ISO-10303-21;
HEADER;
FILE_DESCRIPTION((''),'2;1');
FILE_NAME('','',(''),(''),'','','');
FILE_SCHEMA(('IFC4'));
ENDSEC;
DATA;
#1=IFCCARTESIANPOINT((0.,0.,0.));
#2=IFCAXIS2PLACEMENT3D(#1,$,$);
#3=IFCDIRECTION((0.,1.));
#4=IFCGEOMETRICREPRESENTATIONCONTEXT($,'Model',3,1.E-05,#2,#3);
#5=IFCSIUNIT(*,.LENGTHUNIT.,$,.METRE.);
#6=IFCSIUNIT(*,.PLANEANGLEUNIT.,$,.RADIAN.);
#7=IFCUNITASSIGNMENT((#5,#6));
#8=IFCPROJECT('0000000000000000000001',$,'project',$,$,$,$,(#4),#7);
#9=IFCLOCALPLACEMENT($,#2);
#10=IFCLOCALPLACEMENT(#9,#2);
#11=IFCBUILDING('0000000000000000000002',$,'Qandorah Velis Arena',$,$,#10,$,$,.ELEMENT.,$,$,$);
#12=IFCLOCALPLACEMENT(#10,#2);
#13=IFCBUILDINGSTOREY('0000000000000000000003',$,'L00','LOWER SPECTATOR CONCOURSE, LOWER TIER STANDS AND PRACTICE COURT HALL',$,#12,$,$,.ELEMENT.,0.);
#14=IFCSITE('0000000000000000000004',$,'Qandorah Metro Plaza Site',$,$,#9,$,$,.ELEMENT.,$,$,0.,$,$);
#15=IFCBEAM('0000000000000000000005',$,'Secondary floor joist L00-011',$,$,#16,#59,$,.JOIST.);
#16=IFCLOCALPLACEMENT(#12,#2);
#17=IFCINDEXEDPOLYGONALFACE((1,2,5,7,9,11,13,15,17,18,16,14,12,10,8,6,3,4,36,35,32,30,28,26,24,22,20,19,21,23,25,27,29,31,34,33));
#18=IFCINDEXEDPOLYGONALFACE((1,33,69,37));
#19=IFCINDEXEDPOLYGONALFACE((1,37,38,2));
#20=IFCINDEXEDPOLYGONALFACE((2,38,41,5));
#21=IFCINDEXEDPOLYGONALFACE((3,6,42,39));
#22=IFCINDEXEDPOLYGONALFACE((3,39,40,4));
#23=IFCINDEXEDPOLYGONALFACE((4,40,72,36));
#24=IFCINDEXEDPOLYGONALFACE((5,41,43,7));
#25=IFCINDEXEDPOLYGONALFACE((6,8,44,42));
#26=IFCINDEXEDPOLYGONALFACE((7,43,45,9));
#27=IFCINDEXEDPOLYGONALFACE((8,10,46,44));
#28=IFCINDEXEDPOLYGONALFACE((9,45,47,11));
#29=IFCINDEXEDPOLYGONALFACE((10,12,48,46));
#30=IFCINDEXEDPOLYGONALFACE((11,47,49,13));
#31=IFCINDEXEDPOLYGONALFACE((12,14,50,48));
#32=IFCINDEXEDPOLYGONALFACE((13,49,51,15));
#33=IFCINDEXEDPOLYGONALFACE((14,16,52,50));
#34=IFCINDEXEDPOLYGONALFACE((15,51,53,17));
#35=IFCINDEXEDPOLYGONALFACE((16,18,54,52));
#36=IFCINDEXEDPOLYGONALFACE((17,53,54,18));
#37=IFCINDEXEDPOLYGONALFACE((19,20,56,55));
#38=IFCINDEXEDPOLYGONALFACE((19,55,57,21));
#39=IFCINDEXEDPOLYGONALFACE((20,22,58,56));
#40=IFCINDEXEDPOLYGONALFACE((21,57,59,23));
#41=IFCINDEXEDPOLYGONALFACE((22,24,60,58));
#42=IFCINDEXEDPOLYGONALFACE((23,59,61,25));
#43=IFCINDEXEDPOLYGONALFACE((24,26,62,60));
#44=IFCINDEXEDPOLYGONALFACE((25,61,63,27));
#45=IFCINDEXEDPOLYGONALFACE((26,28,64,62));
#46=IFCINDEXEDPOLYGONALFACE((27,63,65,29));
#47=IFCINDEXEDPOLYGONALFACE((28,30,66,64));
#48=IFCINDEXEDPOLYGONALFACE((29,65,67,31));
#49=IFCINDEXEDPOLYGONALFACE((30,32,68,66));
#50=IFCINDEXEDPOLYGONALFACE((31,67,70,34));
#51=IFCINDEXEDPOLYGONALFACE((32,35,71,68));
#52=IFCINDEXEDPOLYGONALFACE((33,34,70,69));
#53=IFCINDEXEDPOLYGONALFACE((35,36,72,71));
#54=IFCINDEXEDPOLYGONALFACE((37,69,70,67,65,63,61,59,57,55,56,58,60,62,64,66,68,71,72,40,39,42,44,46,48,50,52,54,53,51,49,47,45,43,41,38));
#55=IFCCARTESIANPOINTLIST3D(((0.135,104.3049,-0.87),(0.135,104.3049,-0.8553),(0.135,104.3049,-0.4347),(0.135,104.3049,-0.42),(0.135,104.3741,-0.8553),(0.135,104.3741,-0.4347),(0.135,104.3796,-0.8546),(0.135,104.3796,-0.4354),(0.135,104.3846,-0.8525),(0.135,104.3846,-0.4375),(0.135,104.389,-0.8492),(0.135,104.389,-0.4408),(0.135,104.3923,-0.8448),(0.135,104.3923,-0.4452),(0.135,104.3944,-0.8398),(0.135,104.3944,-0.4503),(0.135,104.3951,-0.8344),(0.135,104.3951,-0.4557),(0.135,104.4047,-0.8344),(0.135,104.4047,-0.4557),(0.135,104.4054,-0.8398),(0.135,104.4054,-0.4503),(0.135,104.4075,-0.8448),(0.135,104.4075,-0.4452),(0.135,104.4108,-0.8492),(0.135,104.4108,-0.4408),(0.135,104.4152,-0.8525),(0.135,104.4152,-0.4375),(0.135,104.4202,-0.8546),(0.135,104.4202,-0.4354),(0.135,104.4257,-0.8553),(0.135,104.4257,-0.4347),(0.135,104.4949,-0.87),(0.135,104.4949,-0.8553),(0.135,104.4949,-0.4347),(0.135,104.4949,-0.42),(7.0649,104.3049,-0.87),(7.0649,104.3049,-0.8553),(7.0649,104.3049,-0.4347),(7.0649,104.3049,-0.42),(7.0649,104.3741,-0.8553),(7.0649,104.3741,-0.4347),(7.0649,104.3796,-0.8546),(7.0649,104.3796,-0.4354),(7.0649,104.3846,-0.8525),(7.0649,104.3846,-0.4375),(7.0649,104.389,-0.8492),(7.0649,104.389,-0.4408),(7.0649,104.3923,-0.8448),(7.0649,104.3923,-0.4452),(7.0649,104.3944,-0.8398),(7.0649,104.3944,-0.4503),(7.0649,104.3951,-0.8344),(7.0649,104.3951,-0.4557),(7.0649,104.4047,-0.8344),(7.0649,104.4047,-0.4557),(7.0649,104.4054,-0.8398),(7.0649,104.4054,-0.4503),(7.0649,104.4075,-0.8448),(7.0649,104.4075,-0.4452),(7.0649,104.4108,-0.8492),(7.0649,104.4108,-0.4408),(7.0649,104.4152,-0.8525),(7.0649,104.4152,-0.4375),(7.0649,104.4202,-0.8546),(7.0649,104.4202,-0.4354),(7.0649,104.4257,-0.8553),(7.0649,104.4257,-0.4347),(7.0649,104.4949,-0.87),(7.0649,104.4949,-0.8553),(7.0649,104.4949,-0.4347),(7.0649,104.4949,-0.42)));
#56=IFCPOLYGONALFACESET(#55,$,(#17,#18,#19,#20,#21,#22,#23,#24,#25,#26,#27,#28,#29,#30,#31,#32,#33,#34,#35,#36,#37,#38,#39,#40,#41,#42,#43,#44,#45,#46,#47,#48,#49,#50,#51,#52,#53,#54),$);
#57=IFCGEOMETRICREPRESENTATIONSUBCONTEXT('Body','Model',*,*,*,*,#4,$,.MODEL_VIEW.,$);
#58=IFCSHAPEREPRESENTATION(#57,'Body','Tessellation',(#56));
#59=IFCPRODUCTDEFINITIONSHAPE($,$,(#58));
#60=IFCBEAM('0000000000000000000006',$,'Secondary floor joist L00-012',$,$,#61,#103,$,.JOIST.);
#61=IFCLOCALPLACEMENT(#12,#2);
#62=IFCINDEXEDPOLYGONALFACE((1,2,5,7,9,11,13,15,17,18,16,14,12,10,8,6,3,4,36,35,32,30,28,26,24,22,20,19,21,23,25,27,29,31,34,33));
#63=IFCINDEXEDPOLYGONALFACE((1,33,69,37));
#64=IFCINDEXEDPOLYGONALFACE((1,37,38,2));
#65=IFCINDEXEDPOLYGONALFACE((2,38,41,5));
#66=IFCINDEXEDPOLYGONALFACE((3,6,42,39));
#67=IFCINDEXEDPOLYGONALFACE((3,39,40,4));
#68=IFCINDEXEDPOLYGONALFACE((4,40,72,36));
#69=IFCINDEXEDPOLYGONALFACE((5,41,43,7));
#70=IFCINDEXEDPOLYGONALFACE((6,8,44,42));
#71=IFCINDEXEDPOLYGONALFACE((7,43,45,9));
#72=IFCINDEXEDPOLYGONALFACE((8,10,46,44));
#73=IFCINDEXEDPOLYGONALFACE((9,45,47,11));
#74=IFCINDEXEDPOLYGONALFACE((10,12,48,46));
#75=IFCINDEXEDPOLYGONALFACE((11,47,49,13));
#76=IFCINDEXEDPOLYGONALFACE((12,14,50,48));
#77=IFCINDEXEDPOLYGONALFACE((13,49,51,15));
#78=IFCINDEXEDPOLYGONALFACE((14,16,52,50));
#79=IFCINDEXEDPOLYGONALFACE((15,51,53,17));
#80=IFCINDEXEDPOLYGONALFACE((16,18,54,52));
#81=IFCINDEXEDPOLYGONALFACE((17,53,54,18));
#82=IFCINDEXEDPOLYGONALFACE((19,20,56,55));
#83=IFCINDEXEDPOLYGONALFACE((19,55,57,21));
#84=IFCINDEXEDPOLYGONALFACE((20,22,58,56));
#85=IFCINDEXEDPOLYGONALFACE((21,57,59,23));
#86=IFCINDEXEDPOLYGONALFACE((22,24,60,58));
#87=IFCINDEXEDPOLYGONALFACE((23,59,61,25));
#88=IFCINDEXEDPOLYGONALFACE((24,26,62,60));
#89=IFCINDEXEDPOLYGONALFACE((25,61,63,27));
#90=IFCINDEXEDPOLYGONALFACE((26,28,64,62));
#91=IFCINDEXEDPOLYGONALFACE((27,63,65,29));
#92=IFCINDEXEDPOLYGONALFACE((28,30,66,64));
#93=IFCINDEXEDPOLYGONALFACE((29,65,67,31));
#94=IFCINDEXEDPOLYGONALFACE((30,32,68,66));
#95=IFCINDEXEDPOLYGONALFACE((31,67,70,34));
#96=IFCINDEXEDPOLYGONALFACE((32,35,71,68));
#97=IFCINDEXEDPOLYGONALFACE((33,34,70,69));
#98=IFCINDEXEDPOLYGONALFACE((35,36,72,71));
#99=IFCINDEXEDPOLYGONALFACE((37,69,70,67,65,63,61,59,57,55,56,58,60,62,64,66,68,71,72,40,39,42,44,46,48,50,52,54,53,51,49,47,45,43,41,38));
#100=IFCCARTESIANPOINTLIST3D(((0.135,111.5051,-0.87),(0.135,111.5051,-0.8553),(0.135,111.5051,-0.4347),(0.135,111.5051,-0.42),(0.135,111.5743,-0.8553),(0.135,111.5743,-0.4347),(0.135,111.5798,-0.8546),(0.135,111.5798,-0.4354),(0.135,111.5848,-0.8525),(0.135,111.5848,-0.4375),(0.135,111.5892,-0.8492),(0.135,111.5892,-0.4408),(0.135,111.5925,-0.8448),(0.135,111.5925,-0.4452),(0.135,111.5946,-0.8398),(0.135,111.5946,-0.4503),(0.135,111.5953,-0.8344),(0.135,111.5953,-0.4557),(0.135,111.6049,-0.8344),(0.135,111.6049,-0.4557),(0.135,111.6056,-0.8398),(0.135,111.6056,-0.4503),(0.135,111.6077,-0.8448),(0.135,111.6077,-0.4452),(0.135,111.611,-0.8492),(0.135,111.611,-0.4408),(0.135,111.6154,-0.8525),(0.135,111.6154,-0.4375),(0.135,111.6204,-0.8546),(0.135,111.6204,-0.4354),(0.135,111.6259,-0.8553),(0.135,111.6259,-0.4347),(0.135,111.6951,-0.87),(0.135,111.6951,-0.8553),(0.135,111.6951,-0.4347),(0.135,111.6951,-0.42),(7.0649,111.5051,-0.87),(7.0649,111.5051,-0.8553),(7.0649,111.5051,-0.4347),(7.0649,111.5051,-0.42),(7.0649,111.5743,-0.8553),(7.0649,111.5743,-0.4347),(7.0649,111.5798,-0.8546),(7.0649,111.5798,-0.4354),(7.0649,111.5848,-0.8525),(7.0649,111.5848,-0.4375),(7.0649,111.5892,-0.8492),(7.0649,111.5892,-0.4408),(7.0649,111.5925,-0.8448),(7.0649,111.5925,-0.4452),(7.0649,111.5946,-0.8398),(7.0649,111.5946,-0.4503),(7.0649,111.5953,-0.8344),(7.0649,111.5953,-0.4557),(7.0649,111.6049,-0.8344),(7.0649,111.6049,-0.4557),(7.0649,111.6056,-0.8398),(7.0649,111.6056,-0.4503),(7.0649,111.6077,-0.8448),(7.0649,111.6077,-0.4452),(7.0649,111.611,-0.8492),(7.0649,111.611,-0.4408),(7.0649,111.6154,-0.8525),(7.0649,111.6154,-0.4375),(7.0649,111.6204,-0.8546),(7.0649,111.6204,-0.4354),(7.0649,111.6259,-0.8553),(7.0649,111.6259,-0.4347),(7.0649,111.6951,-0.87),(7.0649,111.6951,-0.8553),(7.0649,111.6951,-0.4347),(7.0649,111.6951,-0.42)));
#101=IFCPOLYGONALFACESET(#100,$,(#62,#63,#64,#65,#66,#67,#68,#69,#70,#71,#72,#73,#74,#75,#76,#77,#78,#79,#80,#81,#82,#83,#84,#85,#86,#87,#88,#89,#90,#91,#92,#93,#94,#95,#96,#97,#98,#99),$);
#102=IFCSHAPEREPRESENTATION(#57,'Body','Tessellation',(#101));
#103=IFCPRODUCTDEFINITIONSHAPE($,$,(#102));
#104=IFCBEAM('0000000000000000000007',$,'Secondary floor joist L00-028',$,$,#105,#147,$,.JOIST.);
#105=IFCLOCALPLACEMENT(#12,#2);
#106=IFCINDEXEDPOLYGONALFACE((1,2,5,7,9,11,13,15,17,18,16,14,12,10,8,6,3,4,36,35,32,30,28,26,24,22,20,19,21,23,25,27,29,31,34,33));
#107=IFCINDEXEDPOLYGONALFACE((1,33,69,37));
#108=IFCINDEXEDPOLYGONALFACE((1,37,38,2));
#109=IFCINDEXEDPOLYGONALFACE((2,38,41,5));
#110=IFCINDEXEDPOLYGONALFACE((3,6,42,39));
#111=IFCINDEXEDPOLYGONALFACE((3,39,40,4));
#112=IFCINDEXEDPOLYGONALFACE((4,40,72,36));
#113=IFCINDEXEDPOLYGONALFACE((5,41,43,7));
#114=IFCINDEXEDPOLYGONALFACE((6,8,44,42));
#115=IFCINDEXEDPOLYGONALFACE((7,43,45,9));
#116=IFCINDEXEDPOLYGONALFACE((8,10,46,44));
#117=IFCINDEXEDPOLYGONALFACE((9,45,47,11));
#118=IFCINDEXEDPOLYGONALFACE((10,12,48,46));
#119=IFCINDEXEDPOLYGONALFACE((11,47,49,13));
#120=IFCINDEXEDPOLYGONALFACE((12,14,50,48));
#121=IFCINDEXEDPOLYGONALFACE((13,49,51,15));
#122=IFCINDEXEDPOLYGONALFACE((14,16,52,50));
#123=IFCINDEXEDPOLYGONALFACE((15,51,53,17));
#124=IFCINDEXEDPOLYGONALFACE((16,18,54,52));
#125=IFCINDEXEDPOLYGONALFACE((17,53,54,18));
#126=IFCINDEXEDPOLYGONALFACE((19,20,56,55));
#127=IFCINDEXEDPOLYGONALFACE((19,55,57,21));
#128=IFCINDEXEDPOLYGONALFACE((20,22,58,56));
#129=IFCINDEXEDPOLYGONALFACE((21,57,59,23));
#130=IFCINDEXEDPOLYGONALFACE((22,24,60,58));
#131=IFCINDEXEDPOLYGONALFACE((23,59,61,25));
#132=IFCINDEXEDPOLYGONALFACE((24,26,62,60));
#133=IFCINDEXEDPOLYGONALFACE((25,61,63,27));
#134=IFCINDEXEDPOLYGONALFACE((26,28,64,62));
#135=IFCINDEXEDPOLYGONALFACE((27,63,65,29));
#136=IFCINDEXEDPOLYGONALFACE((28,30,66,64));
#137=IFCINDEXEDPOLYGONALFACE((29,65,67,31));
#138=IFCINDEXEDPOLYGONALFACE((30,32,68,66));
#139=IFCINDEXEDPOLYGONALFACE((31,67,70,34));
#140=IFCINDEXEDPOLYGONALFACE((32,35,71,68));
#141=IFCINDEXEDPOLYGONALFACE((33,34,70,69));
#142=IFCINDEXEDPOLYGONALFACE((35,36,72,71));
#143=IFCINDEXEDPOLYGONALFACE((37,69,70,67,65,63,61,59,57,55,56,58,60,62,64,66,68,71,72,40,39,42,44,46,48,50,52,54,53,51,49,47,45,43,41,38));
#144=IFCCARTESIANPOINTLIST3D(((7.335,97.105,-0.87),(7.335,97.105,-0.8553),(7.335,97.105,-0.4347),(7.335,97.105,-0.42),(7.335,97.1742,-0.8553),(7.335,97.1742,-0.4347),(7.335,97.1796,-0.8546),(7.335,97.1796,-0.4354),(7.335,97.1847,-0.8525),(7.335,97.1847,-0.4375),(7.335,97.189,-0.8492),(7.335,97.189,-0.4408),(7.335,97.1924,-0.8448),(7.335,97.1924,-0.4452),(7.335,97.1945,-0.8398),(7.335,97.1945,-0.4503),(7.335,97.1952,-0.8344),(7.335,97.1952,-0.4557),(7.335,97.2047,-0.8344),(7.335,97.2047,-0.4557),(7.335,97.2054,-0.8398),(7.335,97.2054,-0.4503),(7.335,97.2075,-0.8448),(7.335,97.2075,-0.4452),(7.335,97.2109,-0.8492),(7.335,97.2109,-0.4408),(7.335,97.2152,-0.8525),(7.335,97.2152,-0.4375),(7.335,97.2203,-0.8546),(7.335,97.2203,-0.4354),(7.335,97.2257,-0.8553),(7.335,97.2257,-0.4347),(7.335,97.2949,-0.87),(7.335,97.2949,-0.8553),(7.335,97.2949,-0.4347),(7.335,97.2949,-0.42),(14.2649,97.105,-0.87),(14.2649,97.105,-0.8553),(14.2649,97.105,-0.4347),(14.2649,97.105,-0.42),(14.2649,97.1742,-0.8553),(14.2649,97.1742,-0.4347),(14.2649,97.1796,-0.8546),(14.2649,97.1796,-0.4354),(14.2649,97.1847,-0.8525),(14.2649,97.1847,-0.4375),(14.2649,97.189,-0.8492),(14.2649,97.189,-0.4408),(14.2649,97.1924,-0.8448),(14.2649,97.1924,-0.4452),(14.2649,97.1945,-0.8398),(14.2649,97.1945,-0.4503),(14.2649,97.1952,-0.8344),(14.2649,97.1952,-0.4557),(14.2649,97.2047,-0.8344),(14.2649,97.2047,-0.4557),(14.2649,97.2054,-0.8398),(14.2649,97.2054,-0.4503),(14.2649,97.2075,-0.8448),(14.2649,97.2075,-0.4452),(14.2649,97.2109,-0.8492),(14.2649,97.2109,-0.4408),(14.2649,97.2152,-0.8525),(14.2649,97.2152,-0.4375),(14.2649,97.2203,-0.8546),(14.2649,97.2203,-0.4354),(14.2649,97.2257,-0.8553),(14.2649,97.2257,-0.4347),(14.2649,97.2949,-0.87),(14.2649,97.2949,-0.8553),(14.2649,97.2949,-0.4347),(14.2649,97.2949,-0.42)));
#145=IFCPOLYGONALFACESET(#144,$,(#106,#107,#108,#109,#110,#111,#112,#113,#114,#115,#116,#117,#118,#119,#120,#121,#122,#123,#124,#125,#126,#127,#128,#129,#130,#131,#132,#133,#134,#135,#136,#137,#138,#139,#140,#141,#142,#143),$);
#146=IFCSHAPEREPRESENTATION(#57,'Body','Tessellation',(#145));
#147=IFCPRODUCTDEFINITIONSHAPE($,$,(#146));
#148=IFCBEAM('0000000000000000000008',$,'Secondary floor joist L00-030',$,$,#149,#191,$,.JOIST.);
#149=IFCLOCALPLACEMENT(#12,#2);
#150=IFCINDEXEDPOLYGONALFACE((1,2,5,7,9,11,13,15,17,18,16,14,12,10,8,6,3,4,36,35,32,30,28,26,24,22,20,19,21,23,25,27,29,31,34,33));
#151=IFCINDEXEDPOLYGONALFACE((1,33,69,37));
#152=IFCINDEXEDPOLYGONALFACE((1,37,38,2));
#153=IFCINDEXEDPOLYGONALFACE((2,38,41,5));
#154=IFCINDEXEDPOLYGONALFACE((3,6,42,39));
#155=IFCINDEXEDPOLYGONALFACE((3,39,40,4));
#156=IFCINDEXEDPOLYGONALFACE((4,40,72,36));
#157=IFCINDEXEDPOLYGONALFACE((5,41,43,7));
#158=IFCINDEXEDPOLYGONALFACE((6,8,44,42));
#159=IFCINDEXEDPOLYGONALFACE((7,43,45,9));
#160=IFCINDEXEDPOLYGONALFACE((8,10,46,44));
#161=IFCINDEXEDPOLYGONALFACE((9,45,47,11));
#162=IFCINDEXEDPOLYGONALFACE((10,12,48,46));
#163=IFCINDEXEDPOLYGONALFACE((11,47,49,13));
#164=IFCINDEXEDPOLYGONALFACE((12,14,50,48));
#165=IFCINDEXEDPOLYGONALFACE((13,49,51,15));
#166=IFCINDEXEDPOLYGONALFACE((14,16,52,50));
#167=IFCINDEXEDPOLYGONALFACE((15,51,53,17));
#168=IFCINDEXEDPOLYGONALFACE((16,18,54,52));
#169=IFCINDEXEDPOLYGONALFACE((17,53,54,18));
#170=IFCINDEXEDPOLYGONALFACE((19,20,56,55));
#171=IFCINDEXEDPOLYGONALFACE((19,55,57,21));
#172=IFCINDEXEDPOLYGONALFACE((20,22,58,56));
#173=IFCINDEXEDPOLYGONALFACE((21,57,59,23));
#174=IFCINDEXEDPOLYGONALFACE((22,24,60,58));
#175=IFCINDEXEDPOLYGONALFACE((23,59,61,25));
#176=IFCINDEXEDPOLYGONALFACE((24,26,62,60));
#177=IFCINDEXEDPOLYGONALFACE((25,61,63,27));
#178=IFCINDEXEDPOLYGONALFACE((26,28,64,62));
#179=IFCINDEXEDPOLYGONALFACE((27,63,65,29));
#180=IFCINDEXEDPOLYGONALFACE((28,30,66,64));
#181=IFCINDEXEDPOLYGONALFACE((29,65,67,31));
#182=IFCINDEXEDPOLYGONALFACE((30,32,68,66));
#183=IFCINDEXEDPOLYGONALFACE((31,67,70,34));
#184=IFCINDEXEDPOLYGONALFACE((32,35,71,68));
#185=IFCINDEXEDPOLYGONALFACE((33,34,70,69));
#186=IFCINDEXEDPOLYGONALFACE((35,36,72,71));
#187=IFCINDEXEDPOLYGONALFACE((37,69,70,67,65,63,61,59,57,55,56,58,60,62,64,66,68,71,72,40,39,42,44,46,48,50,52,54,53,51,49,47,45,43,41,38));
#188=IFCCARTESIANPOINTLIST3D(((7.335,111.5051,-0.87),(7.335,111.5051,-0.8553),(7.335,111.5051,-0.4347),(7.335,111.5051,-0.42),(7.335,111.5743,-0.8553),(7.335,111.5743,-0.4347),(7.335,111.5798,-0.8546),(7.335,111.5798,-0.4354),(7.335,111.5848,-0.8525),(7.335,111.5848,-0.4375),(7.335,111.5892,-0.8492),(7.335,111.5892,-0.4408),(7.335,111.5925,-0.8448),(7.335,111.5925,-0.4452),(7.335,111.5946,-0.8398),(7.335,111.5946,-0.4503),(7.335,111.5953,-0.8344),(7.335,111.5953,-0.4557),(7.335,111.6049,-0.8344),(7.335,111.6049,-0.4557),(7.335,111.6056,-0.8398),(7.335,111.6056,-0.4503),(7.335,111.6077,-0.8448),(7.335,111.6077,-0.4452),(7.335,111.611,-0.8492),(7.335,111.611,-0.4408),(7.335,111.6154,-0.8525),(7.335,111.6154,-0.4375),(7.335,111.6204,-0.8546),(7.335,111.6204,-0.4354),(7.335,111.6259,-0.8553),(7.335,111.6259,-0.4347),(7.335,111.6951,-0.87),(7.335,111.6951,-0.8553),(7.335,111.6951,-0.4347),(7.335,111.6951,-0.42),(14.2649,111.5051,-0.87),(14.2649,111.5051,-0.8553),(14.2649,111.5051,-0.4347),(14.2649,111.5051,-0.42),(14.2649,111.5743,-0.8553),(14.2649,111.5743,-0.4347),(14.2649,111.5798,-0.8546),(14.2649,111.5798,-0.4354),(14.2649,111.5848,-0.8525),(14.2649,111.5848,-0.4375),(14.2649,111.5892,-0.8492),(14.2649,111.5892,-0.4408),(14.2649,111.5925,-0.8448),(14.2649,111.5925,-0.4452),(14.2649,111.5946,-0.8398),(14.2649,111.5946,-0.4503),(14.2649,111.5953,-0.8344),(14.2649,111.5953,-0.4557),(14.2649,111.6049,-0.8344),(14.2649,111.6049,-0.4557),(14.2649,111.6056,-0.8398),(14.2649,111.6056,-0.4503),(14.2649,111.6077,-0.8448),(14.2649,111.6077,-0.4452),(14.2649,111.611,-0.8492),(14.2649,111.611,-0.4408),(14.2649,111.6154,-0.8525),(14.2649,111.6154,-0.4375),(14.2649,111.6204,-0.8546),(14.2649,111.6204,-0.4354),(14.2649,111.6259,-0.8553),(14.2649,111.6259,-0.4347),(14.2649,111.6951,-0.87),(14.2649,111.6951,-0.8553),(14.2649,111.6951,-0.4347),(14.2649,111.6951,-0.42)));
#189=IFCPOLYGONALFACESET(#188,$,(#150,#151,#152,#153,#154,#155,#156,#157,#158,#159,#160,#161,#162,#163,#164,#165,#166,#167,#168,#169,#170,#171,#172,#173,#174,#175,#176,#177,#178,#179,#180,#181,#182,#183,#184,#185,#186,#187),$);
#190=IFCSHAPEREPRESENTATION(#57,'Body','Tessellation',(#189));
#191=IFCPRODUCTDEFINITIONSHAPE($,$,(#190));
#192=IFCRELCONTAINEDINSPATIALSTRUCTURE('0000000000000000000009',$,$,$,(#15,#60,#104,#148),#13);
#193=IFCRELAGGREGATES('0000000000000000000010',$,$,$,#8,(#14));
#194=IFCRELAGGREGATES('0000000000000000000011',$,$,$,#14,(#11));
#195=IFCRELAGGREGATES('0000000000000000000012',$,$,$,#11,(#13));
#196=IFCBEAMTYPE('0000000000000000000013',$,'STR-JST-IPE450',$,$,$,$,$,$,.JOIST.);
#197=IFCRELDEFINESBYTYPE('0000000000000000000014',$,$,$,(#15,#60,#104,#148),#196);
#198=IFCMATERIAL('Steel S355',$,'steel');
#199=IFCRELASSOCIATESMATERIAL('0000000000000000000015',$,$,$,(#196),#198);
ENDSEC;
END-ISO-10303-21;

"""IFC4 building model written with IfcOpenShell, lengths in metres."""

from ifc_helpers import new_model, si_unit, direction, frame, origin, origin_2d, place, context, subcontext, project, spatial, i_section, extrude, material, material_profile, profile_set, type_object, element, save


model = new_model("IFC4")

# Units and contexts
model_context = context("Model", 3, precision=1e-05, world=origin(), true_north=direction((0.0, 1.0)))
body_context = subcontext(model_context, "Body", "Model", "MODEL_VIEW")
ifc_project = project(units=[si_unit("LENGTHUNIT", "METRE"), si_unit("PLANEANGLEUNIT", "RADIAN")], contexts=[model_context])

# Site, building, storey
site_placement = place(None, origin())
site = spatial("IfcSite", under=ifc_project, at=site_placement, Name="Qandorah Metro Plaza Site", CompositionType="ELEMENT", RefElevation=0.0)
building_placement = place(site_placement, origin())
building = spatial("IfcBuilding", under=site, at=building_placement, Name="Qandorah Velis Arena", CompositionType="ELEMENT")
storey_placement = place(building_placement, origin())
storey = spatial("IfcBuildingStorey", under=building, at=storey_placement, Name="L00", Description="LOWER SPECTATOR CONCOURSE, LOWER TIER STANDS AND PRACTICE COURT HALL", CompositionType="ELEMENT", Elevation=0.0)

# Beams
ifc_material_1 = material(Name="Steel S355", Category="steel")
ifc_material_profile_1 = material_profile(ifc_material_1, i_section(OverallWidth=0.1899, OverallDepth=0.45, WebThickness=0.0095, FlangeThickness=0.0146, FilletRadius=0.021, at=origin_2d()), Name="IPE 450")
ifc_profile_set_1 = profile_set([ifc_material_profile_1], Name="Steel S355")
beam_type_1 = type_object("IfcBeamType", Name="STR-JST-IPE450", PredefinedType="JOIST", material=ifc_profile_set_1)
for number, where, z_axis, x_axis, name in (
    (1, (0.135, 104.3999, -0.645), (1.0, 0.0, 0.0), (0.0, 1.0, 0.0), "Secondary floor joist L00-011"),
    (2, (0.135, 111.6001, -0.645), (1.0, 0.0, 0.0), (0.0, 1.0, 0.0), "Secondary floor joist L00-012"),
    (3, (7.335, 97.2, -0.645), (1.0, 0.0, 0.0), (0.0, 1.0, 0.0), "Secondary floor joist L00-028"),
    (4, (7.335, 111.6001, -0.645), (1.0, 0.0, 0.0), (0.0, 1.0, 0.0), "Secondary floor joist L00-030"),
):
    element("IfcBeam", number, at=place(storey_placement, frame(where, z_axis=z_axis, x_axis=x_axis)), inside=storey, type_object=beam_type_1, Name=name, PredefinedType="JOIST", context=body_context, shape_type="SweptSolid", body=[
        extrude(i_section(OverallWidth=0.1899, OverallDepth=0.45, WebThickness=0.0095, FlangeThickness=0.0146, FilletRadius=0.021, at=origin_2d()), origin(), (0.0, 0.0, 1.0), 6.9299),
    ])

save(model, "model.ifc")
